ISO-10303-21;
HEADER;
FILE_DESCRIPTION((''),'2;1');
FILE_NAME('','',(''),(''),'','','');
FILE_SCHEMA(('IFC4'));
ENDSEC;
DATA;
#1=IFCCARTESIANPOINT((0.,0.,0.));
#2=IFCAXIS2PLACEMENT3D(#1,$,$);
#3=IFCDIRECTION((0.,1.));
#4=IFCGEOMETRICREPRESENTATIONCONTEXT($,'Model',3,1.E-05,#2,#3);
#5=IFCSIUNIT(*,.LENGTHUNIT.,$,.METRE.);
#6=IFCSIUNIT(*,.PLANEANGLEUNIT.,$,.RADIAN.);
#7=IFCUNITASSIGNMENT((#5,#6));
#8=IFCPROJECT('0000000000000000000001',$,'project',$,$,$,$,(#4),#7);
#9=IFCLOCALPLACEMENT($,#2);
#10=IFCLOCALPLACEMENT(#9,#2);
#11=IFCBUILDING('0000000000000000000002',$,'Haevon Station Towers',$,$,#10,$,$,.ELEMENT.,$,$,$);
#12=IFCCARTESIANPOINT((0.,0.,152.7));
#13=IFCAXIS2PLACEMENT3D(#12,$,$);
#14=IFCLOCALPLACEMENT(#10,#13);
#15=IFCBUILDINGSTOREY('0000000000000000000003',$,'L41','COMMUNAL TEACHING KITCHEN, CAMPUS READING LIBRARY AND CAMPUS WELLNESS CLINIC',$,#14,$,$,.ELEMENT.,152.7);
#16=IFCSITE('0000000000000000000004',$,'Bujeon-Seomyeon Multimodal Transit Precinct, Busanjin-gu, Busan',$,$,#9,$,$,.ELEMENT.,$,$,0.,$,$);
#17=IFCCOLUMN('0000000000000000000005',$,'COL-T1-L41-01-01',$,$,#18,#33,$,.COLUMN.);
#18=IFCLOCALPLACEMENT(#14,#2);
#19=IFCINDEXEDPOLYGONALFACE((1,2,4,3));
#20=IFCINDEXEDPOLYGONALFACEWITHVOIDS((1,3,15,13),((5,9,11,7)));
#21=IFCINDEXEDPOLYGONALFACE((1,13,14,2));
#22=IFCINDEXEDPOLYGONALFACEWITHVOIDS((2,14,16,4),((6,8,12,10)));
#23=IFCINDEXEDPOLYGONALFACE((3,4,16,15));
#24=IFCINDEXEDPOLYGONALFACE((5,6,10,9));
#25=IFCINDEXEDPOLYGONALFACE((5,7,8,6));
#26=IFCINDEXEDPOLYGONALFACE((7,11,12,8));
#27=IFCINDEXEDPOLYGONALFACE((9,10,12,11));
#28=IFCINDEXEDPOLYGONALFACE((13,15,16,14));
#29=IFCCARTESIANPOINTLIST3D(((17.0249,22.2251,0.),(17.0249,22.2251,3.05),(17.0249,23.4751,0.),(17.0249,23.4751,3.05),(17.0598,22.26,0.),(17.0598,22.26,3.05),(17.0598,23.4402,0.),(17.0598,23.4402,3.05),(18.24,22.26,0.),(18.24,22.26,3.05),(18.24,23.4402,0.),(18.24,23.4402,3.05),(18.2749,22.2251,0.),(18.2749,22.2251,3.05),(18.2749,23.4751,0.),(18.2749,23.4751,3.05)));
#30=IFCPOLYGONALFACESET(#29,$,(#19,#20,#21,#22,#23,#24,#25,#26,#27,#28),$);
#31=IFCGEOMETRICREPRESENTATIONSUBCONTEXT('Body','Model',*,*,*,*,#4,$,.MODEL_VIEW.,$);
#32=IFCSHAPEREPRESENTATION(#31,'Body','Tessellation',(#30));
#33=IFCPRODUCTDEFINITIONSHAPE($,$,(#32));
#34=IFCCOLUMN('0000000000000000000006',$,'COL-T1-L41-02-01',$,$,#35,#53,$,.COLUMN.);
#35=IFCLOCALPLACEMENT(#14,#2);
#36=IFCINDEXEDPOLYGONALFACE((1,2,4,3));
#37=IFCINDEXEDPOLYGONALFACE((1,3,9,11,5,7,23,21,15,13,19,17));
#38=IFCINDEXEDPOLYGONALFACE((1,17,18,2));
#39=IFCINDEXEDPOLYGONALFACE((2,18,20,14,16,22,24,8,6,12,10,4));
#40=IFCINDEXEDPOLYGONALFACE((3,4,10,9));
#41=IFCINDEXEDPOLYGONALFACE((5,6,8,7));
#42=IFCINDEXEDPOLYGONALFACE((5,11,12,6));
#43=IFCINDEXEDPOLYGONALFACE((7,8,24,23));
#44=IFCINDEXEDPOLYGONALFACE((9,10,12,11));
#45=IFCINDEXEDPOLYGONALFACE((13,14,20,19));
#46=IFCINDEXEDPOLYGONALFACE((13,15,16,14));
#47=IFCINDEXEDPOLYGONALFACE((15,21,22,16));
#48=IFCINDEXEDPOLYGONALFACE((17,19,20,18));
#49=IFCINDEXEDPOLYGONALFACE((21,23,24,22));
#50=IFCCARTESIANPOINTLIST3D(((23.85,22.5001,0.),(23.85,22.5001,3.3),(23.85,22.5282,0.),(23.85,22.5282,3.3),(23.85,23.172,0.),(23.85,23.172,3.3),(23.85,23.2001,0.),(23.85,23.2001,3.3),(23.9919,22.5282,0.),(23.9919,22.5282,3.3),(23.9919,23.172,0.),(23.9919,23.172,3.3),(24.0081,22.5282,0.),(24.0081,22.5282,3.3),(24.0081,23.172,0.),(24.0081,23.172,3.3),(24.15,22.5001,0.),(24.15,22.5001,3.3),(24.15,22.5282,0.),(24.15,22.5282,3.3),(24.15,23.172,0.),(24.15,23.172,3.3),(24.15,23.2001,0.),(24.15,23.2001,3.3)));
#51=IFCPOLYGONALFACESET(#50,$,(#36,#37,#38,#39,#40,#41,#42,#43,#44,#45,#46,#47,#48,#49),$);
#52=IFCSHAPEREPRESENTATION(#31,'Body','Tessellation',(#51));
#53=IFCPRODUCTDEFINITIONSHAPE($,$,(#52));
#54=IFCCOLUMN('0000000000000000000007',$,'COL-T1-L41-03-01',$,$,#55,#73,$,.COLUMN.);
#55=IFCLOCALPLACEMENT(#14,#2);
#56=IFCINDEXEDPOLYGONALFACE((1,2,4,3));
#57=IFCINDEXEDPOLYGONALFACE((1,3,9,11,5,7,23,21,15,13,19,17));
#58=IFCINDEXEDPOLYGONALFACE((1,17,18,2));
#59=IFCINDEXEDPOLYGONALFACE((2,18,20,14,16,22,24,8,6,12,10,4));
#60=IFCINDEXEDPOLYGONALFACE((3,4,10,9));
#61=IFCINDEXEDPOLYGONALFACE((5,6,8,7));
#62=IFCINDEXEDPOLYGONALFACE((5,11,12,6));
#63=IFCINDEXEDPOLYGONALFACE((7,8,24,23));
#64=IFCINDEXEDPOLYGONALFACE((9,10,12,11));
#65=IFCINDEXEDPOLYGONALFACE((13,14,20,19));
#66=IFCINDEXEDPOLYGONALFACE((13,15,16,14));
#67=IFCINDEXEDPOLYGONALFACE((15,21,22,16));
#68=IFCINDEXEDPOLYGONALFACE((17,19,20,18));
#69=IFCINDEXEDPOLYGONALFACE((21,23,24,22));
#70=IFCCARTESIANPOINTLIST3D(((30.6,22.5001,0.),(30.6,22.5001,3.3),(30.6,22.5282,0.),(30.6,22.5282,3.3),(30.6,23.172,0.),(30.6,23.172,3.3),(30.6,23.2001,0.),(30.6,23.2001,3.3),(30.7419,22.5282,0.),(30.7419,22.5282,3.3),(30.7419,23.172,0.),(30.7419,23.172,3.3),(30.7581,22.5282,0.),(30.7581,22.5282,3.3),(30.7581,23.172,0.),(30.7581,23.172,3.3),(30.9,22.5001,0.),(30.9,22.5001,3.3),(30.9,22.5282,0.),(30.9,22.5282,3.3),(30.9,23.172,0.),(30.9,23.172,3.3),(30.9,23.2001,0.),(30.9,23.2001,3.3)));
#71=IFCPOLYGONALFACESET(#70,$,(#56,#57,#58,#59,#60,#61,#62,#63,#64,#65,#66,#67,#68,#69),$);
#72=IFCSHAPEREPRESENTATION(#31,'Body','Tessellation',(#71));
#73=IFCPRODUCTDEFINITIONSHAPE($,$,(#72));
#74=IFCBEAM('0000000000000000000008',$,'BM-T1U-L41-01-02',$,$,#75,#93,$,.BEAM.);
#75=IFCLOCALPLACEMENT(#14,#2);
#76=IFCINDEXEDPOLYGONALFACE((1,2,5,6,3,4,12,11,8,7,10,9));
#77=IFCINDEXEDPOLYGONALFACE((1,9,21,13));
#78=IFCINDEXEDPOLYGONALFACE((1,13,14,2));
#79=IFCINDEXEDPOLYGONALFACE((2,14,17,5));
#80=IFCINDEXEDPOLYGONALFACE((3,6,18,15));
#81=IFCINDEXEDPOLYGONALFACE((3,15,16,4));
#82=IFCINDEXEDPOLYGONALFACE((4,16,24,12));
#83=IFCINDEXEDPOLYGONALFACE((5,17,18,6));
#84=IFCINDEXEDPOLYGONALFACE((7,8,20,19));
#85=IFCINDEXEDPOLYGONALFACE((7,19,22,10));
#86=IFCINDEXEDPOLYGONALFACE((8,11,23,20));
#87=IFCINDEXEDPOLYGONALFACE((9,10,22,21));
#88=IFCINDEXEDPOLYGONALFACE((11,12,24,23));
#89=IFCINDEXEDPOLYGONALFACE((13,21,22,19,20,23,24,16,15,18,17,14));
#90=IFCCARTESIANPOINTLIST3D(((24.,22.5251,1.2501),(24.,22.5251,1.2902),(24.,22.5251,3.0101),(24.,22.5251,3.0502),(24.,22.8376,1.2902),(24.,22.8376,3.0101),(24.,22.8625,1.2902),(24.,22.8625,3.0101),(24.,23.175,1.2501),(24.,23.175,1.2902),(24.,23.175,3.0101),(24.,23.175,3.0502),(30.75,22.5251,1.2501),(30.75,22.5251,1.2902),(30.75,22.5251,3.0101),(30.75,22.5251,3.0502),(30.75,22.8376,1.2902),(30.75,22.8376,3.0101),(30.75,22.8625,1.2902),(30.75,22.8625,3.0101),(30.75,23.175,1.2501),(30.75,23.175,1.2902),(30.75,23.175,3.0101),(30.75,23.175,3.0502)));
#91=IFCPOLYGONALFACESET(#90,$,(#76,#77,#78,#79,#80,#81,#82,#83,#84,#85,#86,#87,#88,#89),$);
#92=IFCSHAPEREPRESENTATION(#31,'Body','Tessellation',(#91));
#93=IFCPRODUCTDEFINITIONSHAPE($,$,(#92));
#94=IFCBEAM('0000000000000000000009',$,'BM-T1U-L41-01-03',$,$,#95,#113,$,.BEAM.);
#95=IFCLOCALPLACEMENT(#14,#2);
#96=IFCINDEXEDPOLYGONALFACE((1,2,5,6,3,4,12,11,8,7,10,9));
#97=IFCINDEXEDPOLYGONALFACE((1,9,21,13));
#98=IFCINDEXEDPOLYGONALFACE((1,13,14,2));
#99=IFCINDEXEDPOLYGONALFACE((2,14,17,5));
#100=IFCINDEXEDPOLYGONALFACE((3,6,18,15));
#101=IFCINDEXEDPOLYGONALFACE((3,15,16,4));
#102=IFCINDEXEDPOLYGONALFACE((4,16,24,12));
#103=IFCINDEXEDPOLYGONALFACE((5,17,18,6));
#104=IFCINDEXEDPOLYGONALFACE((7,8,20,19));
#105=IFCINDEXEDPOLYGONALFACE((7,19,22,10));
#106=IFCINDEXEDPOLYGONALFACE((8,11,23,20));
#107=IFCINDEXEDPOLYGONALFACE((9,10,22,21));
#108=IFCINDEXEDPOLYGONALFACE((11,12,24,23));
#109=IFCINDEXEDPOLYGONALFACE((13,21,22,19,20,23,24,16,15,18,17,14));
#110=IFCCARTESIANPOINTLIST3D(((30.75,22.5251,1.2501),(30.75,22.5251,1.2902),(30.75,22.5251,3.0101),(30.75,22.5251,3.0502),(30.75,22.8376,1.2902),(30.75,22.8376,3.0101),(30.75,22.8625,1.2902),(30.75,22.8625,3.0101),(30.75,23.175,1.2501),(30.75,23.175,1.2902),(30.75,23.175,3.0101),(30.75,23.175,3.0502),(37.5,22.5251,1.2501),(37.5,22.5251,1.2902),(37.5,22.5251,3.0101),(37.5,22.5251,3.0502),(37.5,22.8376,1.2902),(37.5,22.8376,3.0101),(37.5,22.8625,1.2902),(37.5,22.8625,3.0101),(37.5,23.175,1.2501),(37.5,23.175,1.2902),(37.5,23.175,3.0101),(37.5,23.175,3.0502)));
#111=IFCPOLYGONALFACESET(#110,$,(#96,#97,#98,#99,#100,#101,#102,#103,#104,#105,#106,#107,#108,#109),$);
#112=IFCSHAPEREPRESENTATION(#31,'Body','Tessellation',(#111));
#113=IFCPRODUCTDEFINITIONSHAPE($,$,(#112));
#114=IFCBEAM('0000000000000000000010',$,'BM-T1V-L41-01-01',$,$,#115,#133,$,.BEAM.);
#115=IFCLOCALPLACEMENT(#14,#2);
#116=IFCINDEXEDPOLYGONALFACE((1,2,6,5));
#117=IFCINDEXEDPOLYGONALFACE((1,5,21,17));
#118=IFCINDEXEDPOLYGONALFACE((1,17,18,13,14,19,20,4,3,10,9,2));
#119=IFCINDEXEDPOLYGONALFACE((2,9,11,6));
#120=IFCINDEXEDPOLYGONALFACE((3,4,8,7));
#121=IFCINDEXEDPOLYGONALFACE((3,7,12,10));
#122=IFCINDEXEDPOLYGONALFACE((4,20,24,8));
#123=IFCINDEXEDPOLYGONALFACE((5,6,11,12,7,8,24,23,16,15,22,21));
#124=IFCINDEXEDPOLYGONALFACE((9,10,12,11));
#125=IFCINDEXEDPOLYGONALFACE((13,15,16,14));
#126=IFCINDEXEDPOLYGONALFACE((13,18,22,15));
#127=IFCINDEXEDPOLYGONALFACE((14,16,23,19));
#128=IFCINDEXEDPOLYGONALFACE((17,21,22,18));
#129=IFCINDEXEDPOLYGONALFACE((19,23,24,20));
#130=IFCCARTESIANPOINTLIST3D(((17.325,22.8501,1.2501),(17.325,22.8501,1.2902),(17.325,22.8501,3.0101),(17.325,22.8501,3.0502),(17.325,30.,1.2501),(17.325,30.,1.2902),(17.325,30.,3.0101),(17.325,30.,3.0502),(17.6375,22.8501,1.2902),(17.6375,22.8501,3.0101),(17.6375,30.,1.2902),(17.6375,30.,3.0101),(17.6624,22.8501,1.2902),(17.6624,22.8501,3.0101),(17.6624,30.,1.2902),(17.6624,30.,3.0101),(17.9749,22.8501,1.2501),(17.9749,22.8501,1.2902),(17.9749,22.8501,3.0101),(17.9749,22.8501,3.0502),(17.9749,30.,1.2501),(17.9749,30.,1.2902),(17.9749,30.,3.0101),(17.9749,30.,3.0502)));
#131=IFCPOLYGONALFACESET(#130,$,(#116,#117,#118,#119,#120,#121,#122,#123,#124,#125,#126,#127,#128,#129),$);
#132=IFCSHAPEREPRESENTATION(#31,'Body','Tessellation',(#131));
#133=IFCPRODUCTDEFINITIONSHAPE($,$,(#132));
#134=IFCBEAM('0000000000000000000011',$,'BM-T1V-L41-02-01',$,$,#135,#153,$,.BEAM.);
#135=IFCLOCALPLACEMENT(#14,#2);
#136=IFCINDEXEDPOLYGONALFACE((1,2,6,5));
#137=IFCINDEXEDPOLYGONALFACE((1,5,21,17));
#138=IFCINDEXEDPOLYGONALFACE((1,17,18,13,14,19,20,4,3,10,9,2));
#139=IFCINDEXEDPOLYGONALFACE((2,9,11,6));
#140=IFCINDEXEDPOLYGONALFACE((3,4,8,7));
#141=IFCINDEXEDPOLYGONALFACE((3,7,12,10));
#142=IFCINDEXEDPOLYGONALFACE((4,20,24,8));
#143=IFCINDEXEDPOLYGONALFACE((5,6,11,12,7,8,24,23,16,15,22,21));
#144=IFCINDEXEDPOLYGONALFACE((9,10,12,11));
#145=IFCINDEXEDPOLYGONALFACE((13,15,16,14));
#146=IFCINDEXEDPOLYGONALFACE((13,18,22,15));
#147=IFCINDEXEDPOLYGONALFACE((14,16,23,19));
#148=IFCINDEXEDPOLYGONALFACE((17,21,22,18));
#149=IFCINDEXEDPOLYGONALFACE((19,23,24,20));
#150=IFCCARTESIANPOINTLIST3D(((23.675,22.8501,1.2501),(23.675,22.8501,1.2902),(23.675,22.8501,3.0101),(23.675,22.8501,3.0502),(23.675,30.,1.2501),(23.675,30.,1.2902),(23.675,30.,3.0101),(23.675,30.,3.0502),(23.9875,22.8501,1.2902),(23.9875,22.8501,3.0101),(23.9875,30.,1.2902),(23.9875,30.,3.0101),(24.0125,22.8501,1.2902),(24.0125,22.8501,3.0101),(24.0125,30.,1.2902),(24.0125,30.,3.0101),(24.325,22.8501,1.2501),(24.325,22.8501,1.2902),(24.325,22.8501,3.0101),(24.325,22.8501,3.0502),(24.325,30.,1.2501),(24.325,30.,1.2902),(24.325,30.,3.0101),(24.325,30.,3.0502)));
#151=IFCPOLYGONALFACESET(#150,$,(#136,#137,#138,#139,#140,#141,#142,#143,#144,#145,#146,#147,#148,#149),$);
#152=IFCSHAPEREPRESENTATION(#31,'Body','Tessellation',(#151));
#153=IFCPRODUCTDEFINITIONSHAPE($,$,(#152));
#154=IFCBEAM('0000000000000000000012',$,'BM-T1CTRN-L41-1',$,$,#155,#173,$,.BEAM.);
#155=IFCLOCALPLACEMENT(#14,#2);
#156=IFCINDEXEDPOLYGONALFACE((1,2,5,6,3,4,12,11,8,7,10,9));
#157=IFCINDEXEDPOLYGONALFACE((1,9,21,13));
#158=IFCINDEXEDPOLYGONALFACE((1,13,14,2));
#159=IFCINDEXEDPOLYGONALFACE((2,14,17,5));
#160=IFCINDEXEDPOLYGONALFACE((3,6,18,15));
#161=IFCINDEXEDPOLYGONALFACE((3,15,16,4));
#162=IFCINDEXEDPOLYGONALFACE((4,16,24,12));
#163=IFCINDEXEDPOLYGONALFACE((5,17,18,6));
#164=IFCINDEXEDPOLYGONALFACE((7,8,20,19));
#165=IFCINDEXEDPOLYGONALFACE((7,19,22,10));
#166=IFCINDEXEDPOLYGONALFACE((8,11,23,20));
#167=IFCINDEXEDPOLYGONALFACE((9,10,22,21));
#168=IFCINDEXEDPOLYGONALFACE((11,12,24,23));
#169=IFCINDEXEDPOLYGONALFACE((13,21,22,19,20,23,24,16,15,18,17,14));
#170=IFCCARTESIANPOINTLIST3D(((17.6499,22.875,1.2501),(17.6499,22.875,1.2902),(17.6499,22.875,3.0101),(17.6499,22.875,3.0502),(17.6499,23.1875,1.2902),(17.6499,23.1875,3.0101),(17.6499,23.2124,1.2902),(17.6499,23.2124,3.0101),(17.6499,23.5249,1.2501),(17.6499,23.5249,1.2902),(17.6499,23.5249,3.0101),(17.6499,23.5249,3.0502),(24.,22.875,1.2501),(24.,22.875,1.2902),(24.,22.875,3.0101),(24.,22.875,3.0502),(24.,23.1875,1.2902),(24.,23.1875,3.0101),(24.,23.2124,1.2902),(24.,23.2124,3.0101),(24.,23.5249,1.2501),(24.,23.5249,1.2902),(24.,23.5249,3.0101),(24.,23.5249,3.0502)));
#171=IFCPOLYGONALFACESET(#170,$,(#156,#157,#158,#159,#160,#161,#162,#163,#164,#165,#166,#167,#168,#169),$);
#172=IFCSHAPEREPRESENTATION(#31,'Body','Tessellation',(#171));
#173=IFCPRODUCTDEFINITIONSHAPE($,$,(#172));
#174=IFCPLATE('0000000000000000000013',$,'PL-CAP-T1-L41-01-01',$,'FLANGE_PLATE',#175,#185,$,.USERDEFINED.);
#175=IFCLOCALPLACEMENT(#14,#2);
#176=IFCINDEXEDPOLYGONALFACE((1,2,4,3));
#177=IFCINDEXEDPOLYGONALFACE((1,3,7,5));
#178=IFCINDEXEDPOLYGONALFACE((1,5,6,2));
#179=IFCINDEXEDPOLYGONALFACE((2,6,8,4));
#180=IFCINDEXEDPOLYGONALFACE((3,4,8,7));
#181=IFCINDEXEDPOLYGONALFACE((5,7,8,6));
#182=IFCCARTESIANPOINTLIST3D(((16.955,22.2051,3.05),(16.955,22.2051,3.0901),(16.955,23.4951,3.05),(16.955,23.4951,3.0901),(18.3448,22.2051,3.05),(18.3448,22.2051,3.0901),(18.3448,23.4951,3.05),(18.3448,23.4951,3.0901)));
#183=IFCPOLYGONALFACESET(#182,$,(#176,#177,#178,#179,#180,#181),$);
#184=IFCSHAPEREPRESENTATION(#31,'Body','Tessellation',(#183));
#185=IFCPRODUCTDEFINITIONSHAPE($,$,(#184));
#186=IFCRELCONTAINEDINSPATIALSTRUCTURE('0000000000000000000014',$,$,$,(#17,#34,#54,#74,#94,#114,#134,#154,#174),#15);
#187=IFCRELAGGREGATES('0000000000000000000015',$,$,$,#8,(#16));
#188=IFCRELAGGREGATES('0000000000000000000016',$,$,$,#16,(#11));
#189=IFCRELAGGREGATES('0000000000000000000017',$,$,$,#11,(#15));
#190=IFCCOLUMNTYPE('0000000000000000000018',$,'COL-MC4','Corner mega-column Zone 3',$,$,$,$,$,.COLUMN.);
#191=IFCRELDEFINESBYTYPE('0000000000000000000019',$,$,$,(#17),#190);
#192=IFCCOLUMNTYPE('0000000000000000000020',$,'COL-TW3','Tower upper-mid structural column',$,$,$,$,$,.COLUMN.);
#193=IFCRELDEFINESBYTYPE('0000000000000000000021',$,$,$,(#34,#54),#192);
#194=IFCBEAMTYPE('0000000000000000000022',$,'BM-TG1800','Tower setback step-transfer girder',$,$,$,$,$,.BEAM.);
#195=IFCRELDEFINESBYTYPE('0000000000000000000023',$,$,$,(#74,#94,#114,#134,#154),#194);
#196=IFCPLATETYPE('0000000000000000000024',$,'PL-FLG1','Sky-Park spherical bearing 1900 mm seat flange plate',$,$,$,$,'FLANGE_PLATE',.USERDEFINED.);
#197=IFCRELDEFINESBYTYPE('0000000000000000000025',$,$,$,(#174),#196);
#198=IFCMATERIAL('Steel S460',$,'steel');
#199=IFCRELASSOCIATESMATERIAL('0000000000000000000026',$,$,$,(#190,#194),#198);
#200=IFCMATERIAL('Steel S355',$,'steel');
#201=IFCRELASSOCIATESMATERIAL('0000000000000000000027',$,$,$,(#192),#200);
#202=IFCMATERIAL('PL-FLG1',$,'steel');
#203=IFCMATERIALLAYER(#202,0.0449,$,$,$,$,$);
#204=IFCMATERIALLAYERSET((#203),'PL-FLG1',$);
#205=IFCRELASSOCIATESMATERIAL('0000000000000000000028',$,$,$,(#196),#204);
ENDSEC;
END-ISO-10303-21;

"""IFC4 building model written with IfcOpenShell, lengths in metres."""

from ifc_helpers import new_model, si_unit, direction, frame, origin, origin_2d, place, context, subcontext, project, spatial, rectangle, hollow_rectangle, i_section, extrude, material, layer, layer_set, material_profile, profile_set, type_object, element, save


model = new_model("IFC4")

# Units and contexts
model_context = context("Model", 3, precision=1e-05, world=origin(), true_north=direction((0.0, 1.0)))
body_context = subcontext(model_context, "Body", "Model", "MODEL_VIEW")
ifc_project = project(units=[si_unit("LENGTHUNIT", "METRE"), si_unit("PLANEANGLEUNIT", "RADIAN")], contexts=[model_context])

# Site, building, storey
site_placement = place(None, origin())
site = spatial("IfcSite", under=ifc_project, at=site_placement, Name="Bujeon-Seomyeon Multimodal Transit Precinct, Busanjin-gu, Busan", CompositionType="ELEMENT", RefElevation=0.0)
building_placement = place(site_placement, origin())
building = spatial("IfcBuilding", under=site, at=building_placement, Name="Haevon Station Towers", CompositionType="ELEMENT")
storey_placement = place(building_placement, frame((0.0, 0.0, 152.7)))
storey = spatial("IfcBuildingStorey", under=building, at=storey_placement, Name="L41", Description="COMMUNAL TEACHING KITCHEN, CAMPUS READING LIBRARY AND CAMPUS WELLNESS CLINIC", CompositionType="ELEMENT", Elevation=152.7)

# Columns
ifc_material_1 = material(Name="Steel S460", Category="steel")
ifc_material_profile_1 = material_profile(ifc_material_1, hollow_rectangle(XDim=1.25, YDim=1.25, WallThickness=0.0349, at=origin_2d()), Name="BOX-1250x1250x35")
ifc_profile_set_1 = profile_set([ifc_material_profile_1], Name="Steel S460")
column_type_1 = type_object("IfcColumnType", Name="COL-MC4", Description="Corner mega-column Zone 3", PredefinedType="COLUMN", material=ifc_profile_set_1)
column_placement = place(storey_placement, frame((17.6499, 22.8501, 0.0), z_axis=(0.0, 0.0, 1.0), x_axis=(1.0, 0.0, 0.0)))
element("IfcColumn", 1, at=column_placement, inside=storey, type_object=column_type_1, Name="COL-T1-L41-01-01", PredefinedType="COLUMN", context=body_context, shape_type="SweptSolid", body=[
    extrude(hollow_rectangle(XDim=1.25, YDim=1.25, WallThickness=0.0349, at=origin_2d()), origin(), (0.0, 0.0, 1.0), 3.05),
])
ifc_material_2 = material(Name="Steel S355", Category="steel")
ifc_material_profile_2 = material_profile(ifc_material_2, i_section(OverallWidth=0.3, OverallDepth=0.7, WebThickness=0.0161, FlangeThickness=0.0281, at=origin_2d()), Name="H-700x300x16x28")
ifc_profile_set_2 = profile_set([ifc_material_profile_2], Name="Steel S355")
column_type_2 = type_object("IfcColumnType", Name="COL-TW3", Description="Tower upper-mid structural column", PredefinedType="COLUMN", material=ifc_profile_set_2)
for number, where, z_axis, x_axis, name in (
    (2, (24.0, 22.8501, 0.0), (0.0, 0.0, 1.0), (1.0, 0.0, 0.0), "COL-T1-L41-02-01"),
    (3, (30.75, 22.8501, 0.0), (0.0, 0.0, 1.0), (1.0, 0.0, 0.0), "COL-T1-L41-03-01"),
):
    element("IfcColumn", number, at=place(storey_placement, frame(where, z_axis=z_axis, x_axis=x_axis)), inside=storey, type_object=column_type_2, Name=name, PredefinedType="COLUMN", context=body_context, shape_type="SweptSolid", body=[
        extrude(i_section(OverallWidth=0.3, OverallDepth=0.7, WebThickness=0.0161, FlangeThickness=0.0281, at=origin_2d()), origin(), (0.0, 0.0, 1.0), 3.3),
    ])

# Beams
ifc_material_profile_3 = material_profile(ifc_material_1, i_section(OverallWidth=0.6499, OverallDepth=1.8, WebThickness=0.0249, FlangeThickness=0.04, at=origin_2d()), Name="H-1800x650x25x40")
ifc_profile_set_3 = profile_set([ifc_material_profile_3], Name="Steel S460")
beam_type = type_object("IfcBeamType", Name="BM-TG1800", Description="Tower setback step-transfer girder", PredefinedType="BEAM", material=ifc_profile_set_3)
for number, where, z_axis, x_axis, name in (
    (4, (24.0, 22.8501, 2.1501), (1.0, 0.0, 0.0), (0.0, 1.0, 0.0), "BM-T1U-L41-01-02"),
    (5, (30.75, 22.8501, 2.1501), (1.0, 0.0, 0.0), (0.0, 1.0, 0.0), "BM-T1U-L41-01-03"),
):
    element("IfcBeam", number, at=place(storey_placement, frame(where, z_axis=z_axis, x_axis=x_axis)), inside=storey, type_object=beam_type, Name=name, PredefinedType="BEAM", context=body_context, shape_type="SweptSolid", body=[
        extrude(i_section(OverallWidth=0.6499, OverallDepth=1.8, WebThickness=0.0249, FlangeThickness=0.04, at=origin_2d()), origin(), (0.0, 0.0, 1.0), 6.75),
    ])
for number, where, z_axis, x_axis, name in (
    (6, (17.6499, 22.8501, 2.1501), (0.0, 1.0, 0.0), (-1.0, 0.0, 0.0), "BM-T1V-L41-01-01"),
    (7, (24.0, 22.8501, 2.1501), (0.0, 1.0, 0.0), (-1.0, 0.0, 0.0), "BM-T1V-L41-02-01"),
):
    element("IfcBeam", number, at=place(storey_placement, frame(where, z_axis=z_axis, x_axis=x_axis)), inside=storey, type_object=beam_type, Name=name, PredefinedType="BEAM", context=body_context, shape_type="SweptSolid", body=[
        extrude(i_section(OverallWidth=0.6499, OverallDepth=1.8, WebThickness=0.0249, FlangeThickness=0.04, at=origin_2d()), origin(), (0.0, 0.0, 1.0), 7.1499),
    ])
beam_placement = place(storey_placement, frame((17.6499, 23.2, 2.1501), z_axis=(1.0, 0.0, 0.0), x_axis=(0.0, 1.0, 0.0)))
element("IfcBeam", 8, at=beam_placement, inside=storey, type_object=beam_type, Name="BM-T1CTRN-L41-1", PredefinedType="BEAM", context=body_context, shape_type="SweptSolid", body=[
    extrude(i_section(OverallWidth=0.6499, OverallDepth=1.8, WebThickness=0.0249, FlangeThickness=0.04, at=origin_2d()), origin(), (0.0, 0.0, 1.0), 6.3501),
])

# Plate
ifc_material_3 = material(Name="PL-FLG1", Category="steel")
ifc_layer_1 = layer(ifc_material_3, 0.0449)
ifc_layer_set_1 = layer_set([ifc_layer_1], Name="PL-FLG1")
plate_type_1 = type_object("IfcPlateType", Name="PL-FLG1", Description="Sky-Park spherical bearing 1900 mm seat flange plate", ElementType="FLANGE_PLATE", PredefinedType="USERDEFINED", material=ifc_layer_set_1)
plate_1_placement = place(storey_placement, frame((17.6499, 22.8501, 3.05), z_axis=(0.0, 0.0, 1.0), x_axis=(1.0, 0.0, 0.0)))
element("IfcPlate", 9, at=plate_1_placement, inside=storey, type_object=plate_type_1, Name="PL-CAP-T1-L41-01-01", ObjectType="FLANGE_PLATE", PredefinedType="USERDEFINED", context=body_context, shape_type="SweptSolid", body=[
    extrude(rectangle(XDim=1.3899, YDim=1.29, at=origin_2d()), origin(), (0.0, 0.0, 1.0), 0.04),
])

save(model, "model.ifc")
